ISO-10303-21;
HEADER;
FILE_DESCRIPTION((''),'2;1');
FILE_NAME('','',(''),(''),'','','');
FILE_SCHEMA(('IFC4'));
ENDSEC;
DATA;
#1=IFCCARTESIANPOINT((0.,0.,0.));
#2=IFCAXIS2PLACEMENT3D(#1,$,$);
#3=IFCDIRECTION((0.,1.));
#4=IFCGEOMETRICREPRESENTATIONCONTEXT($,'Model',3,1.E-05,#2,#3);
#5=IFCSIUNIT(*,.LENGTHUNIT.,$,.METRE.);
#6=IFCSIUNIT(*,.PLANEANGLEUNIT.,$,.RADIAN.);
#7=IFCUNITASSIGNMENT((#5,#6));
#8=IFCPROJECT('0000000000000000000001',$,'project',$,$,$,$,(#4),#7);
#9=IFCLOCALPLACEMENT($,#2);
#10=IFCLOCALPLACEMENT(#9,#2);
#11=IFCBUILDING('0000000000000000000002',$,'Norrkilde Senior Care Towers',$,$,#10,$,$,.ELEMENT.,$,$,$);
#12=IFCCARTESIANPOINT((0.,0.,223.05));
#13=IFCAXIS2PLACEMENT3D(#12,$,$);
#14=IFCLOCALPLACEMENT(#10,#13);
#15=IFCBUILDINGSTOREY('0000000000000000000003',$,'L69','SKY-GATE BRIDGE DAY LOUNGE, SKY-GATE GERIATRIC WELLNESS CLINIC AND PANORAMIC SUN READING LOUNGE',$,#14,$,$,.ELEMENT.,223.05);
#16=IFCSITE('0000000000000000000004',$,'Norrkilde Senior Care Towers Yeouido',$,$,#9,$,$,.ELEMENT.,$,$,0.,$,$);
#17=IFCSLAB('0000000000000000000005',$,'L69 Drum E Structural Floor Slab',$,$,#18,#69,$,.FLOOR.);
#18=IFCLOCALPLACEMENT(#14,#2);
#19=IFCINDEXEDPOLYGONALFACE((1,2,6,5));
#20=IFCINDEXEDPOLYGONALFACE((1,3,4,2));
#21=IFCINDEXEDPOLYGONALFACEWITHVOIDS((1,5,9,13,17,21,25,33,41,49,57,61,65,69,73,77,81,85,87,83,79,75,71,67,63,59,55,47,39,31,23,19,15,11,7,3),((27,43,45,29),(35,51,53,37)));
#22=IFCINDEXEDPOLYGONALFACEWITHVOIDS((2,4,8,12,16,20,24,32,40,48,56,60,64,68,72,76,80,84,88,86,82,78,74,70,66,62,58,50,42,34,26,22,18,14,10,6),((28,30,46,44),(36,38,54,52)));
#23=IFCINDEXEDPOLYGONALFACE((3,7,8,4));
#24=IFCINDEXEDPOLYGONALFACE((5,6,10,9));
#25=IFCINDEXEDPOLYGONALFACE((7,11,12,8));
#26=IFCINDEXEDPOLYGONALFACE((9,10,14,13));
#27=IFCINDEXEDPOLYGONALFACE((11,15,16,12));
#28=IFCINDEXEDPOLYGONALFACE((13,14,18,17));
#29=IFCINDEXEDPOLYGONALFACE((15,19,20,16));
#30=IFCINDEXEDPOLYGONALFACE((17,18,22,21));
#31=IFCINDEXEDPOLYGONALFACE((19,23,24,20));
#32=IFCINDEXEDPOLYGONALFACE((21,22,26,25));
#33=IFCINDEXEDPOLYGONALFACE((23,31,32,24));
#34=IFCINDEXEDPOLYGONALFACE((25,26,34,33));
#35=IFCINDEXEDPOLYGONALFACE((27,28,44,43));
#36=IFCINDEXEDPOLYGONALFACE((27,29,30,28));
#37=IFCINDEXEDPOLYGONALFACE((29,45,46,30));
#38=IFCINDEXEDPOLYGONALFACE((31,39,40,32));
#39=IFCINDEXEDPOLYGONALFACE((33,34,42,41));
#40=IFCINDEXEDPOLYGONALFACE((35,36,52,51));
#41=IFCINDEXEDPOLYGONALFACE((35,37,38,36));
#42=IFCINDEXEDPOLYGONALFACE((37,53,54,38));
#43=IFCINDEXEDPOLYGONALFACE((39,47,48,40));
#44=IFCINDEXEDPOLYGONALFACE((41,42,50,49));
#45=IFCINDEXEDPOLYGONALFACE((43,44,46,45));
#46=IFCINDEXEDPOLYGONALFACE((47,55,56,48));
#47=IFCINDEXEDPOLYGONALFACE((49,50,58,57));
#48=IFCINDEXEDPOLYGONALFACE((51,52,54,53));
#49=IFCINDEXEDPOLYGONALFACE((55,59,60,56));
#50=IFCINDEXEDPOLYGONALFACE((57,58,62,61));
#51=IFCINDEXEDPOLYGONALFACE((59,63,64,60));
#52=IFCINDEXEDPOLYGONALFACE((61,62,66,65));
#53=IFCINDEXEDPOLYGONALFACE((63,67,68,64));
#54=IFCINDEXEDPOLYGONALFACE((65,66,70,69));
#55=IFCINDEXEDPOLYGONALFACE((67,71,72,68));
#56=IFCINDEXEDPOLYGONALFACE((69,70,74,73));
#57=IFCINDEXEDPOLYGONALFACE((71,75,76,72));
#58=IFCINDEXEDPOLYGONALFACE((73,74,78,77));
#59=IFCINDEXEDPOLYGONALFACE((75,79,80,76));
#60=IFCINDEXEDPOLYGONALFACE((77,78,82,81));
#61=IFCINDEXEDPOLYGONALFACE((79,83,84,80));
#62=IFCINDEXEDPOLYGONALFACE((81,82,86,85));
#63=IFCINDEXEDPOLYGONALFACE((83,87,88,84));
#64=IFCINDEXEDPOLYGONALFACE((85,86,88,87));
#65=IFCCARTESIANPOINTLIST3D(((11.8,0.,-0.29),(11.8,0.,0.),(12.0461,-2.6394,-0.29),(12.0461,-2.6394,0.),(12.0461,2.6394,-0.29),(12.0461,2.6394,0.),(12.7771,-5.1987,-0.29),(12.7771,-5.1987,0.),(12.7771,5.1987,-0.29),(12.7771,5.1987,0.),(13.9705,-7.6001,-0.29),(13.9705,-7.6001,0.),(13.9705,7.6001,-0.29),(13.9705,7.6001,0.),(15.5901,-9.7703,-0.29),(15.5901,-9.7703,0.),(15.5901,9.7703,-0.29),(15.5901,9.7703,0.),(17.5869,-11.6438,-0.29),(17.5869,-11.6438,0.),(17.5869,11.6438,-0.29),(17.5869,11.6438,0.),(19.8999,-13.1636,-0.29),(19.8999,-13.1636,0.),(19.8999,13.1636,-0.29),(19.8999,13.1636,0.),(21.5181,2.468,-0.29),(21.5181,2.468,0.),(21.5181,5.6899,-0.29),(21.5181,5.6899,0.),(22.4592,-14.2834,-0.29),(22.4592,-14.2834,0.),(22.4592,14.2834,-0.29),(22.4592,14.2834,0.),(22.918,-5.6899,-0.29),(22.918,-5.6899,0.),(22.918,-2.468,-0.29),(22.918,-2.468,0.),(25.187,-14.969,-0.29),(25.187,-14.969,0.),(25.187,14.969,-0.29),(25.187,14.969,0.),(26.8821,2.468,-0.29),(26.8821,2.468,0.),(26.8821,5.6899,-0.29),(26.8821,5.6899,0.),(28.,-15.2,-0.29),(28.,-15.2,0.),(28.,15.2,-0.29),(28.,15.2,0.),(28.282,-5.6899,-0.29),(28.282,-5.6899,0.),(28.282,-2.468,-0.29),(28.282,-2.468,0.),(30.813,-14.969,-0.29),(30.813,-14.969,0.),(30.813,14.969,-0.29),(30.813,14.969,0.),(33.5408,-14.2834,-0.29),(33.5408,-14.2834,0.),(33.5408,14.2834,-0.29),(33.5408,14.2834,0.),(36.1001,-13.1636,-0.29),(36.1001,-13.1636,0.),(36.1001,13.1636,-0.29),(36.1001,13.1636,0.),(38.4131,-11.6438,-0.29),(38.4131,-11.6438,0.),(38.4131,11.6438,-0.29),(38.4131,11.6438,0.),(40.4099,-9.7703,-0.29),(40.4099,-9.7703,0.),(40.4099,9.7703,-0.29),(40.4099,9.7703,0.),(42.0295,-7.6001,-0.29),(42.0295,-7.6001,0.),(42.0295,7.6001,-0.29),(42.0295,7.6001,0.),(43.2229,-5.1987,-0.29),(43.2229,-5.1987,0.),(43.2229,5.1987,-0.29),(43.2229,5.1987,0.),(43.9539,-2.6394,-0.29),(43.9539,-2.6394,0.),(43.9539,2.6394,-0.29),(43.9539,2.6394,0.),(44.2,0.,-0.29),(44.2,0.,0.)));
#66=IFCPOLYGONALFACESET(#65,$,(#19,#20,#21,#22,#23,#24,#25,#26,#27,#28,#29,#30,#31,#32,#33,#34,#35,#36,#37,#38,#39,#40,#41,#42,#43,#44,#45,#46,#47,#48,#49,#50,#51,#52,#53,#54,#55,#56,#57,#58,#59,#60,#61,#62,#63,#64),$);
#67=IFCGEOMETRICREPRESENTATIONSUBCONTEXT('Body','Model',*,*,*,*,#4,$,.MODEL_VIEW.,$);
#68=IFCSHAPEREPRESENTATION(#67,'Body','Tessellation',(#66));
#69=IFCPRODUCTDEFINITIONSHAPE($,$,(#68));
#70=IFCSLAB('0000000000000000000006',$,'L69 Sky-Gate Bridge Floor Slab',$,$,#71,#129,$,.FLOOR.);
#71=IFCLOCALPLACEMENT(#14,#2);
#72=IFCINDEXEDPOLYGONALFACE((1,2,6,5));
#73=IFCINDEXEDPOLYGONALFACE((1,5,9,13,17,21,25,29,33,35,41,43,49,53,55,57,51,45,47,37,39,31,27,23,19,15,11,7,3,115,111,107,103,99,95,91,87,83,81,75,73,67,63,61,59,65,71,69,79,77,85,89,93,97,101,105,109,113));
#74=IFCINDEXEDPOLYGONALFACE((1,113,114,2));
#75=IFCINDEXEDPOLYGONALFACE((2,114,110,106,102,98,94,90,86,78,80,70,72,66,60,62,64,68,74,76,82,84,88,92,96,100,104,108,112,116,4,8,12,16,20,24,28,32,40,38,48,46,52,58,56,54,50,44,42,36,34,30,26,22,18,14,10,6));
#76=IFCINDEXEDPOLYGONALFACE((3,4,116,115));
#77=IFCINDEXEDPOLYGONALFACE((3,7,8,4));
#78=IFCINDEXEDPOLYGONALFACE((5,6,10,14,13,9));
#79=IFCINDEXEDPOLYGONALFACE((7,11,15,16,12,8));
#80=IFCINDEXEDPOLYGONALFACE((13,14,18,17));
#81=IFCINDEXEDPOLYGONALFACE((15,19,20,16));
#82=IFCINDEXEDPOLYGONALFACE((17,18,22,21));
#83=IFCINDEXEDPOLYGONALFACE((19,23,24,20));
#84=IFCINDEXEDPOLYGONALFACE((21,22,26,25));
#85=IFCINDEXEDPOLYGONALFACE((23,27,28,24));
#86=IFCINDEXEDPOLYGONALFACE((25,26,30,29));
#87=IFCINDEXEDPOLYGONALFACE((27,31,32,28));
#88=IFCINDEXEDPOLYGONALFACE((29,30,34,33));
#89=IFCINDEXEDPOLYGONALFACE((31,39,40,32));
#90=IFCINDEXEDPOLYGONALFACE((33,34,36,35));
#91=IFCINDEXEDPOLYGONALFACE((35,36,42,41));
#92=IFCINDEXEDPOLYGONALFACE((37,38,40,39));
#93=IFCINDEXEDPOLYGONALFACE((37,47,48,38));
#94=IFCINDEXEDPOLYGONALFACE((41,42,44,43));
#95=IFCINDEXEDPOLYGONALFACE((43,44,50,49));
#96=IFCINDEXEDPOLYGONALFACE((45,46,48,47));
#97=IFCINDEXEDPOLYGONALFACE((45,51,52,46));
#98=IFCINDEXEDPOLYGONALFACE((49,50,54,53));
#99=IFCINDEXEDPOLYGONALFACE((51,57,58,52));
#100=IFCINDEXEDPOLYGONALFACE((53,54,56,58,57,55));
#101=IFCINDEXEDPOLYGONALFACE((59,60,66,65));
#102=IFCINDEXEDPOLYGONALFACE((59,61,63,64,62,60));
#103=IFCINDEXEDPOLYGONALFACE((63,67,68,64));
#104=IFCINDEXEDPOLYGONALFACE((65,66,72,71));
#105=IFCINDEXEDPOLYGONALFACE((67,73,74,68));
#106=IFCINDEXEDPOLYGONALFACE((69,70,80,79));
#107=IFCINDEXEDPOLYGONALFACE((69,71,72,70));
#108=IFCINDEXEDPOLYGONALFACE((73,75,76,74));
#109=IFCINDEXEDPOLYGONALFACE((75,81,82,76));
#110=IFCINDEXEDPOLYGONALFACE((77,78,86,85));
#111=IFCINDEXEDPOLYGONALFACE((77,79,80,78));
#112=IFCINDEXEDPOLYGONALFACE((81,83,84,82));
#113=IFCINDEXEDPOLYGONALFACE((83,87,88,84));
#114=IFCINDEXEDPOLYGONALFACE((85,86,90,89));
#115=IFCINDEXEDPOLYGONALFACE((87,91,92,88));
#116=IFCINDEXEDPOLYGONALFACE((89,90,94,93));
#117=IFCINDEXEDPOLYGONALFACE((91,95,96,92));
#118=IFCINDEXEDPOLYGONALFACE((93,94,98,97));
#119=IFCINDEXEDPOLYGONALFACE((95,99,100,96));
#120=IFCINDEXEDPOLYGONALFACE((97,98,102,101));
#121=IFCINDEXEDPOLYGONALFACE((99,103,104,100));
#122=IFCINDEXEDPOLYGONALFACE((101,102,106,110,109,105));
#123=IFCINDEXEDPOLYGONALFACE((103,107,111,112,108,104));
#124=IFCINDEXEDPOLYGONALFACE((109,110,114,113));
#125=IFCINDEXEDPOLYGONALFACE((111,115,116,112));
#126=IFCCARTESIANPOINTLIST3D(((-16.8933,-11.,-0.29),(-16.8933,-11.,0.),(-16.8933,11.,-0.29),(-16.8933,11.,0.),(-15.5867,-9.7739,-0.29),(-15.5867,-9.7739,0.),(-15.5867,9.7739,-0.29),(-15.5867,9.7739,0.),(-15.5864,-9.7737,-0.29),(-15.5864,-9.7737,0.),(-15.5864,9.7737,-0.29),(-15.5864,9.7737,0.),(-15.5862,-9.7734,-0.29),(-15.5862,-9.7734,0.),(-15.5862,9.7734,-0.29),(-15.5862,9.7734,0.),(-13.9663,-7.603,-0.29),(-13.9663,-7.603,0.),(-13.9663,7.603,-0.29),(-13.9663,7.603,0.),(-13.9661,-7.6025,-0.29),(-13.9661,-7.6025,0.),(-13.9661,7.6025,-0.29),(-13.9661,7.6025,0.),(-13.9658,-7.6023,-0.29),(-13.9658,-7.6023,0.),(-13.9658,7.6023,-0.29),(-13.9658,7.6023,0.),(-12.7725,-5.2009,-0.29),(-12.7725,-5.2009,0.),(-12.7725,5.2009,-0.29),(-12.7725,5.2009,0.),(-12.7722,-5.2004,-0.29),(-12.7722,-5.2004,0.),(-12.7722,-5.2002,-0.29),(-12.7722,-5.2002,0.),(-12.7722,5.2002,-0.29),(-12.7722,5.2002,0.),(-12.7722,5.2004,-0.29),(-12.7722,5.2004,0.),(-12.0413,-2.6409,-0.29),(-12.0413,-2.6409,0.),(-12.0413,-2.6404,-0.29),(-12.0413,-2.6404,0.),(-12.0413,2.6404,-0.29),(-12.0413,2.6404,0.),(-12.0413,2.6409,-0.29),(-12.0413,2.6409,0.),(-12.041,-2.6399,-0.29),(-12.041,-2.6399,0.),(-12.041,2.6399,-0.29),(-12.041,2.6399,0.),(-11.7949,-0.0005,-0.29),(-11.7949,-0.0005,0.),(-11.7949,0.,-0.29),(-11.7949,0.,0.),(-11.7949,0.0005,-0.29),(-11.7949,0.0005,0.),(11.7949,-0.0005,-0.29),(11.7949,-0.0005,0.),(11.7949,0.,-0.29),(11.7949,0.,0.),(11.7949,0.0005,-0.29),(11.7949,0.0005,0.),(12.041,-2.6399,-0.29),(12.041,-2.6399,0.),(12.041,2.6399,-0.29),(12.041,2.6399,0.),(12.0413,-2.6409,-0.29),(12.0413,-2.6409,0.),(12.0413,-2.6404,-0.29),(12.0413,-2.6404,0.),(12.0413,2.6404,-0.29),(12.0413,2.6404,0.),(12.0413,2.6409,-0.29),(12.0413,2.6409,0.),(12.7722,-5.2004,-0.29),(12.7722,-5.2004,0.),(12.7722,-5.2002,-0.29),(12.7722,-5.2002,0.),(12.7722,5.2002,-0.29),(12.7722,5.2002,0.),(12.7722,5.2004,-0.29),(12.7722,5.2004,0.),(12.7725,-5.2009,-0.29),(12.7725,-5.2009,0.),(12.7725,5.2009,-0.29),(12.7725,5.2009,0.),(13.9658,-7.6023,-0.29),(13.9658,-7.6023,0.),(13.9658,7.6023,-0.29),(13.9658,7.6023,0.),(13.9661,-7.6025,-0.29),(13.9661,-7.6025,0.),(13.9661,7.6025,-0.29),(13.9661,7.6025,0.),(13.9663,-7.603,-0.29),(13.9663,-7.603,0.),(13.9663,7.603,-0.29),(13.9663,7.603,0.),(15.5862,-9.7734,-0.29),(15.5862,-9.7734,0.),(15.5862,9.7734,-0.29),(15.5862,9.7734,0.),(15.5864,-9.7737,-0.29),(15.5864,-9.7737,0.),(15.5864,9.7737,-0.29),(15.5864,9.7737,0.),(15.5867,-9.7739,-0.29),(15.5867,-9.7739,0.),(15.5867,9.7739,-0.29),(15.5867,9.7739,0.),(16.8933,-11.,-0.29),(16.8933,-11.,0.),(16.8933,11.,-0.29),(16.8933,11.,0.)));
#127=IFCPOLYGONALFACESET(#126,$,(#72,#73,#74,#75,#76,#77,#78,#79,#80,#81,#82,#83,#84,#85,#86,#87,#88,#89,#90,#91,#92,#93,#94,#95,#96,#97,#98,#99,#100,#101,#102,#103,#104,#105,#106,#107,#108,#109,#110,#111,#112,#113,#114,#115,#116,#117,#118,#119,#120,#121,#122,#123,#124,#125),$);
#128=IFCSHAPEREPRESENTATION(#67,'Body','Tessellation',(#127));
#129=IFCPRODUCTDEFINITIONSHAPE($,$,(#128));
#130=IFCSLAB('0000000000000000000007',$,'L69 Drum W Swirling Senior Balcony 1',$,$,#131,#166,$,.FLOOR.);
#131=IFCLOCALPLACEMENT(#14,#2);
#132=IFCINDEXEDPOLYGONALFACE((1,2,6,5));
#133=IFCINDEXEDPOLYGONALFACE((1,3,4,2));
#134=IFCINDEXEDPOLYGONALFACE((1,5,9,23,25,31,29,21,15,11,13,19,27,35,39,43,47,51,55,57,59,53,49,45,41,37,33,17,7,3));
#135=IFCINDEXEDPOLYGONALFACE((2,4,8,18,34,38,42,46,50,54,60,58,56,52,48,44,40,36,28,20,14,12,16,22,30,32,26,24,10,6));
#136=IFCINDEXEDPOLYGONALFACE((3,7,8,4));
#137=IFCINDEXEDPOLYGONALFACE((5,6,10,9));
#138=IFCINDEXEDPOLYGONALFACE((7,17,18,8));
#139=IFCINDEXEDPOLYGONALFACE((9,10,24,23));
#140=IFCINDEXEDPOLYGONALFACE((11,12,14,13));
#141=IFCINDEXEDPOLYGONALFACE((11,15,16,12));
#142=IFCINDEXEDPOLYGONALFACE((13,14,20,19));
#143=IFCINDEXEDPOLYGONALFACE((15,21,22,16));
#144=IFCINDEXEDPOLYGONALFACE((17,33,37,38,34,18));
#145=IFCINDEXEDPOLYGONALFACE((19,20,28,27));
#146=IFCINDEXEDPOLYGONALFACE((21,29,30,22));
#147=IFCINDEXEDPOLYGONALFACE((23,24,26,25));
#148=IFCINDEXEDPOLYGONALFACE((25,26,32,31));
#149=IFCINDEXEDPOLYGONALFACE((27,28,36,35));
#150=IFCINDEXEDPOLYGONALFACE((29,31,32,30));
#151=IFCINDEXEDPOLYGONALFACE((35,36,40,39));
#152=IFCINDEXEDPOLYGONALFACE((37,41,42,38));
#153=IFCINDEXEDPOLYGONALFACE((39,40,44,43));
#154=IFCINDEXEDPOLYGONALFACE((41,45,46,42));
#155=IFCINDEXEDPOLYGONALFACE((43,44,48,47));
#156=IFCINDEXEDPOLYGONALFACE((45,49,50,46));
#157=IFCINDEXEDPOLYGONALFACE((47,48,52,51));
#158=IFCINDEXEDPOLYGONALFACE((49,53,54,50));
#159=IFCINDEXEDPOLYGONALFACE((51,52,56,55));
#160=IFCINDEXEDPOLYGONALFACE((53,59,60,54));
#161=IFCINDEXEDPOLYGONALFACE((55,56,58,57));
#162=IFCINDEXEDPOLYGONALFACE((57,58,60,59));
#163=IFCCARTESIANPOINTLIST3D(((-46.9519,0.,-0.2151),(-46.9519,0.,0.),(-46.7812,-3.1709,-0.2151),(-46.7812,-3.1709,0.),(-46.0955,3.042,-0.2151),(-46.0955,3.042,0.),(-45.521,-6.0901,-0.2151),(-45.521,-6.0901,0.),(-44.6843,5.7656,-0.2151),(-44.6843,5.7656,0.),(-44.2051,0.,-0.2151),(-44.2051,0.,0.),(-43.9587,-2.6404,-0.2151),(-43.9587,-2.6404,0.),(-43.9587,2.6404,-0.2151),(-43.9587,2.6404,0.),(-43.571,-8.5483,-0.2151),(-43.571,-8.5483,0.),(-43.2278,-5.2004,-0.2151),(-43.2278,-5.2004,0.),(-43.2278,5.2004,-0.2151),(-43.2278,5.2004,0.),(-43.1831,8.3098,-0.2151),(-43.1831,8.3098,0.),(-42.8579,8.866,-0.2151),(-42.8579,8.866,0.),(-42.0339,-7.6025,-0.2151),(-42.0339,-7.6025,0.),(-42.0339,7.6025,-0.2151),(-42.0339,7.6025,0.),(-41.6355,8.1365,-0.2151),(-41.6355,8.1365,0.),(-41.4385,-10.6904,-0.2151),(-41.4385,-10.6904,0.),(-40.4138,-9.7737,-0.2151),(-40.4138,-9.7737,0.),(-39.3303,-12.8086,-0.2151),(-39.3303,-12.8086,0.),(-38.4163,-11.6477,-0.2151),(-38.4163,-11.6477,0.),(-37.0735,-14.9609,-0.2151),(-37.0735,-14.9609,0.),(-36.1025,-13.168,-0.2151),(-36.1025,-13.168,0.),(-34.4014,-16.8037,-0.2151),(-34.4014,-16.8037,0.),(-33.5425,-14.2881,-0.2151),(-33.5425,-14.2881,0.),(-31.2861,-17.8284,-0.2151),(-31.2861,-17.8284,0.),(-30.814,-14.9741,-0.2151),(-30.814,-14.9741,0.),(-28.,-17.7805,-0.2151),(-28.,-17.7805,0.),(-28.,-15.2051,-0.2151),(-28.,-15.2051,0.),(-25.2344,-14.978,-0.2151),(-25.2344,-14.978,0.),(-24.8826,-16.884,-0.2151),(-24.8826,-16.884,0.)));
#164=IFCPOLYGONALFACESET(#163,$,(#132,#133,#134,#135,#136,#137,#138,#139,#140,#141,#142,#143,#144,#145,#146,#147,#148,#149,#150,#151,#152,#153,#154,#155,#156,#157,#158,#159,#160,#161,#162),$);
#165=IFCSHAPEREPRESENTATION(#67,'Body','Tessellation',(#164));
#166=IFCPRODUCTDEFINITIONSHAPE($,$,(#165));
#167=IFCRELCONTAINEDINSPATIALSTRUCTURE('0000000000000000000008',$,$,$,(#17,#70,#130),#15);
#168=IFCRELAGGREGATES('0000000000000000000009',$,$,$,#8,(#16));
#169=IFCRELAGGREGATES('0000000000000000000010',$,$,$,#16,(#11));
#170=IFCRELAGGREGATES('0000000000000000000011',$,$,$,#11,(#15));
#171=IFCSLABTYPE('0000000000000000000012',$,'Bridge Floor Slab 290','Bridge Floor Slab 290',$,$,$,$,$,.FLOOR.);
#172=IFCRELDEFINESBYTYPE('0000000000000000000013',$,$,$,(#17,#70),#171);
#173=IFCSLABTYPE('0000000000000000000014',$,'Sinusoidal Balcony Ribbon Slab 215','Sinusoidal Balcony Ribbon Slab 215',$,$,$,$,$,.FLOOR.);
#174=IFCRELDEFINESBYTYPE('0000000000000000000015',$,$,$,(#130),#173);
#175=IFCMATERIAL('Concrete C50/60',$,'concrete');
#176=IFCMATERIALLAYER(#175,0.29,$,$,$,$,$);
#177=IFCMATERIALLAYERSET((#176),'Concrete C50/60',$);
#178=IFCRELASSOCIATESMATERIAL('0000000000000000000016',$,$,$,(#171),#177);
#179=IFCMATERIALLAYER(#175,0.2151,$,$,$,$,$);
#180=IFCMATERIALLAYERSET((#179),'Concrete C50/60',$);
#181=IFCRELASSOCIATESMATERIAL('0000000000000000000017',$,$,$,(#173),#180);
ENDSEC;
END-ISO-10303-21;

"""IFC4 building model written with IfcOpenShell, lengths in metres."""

from ifc_helpers import new_model, si_unit, direction, frame, origin, place, context, subcontext, project, spatial, polyline, outline, extrude, material, layer, layer_set, type_object, element, save


model = new_model("IFC4")

# Units and contexts
model_context = context("Model", 3, precision=1e-05, world=origin(), true_north=direction((0.0, 1.0)))
body_context = subcontext(model_context, "Body", "Model", "MODEL_VIEW")
ifc_project = project(units=[si_unit("LENGTHUNIT", "METRE"), si_unit("PLANEANGLEUNIT", "RADIAN")], contexts=[model_context])

# Site, building, storey
site_placement = place(None, origin())
site = spatial("IfcSite", under=ifc_project, at=site_placement, Name="Norrkilde Senior Care Towers Yeouido", CompositionType="ELEMENT", RefElevation=0.0)
building_placement = place(site_placement, origin())
building = spatial("IfcBuilding", under=site, at=building_placement, Name="Norrkilde Senior Care Towers", CompositionType="ELEMENT")
storey_placement = place(building_placement, frame((0.0, 0.0, 223.05)))
storey = spatial("IfcBuildingStorey", under=building, at=storey_placement, Name="L69", Description="SKY-GATE BRIDGE DAY LOUNGE, SKY-GATE GERIATRIC WELLNESS CLINIC AND PANORAMIC SUN READING LOUNGE", CompositionType="ELEMENT", Elevation=223.05)

# Slabs
ifc_material_1 = material(Name="Concrete C50/60", Category="concrete")
ifc_layer_1 = layer(ifc_material_1, 0.29)
ifc_layer_set_1 = layer_set([ifc_layer_1], Name="Concrete C50/60")
slab_type_1 = type_object("IfcSlabType", Name="Bridge Floor Slab 290", Description="Bridge Floor Slab 290", PredefinedType="FLOOR", material=ifc_layer_set_1)
slab_1_placement = place(storey_placement, frame((0.0, 0.0, -0.29)))
element("IfcSlab", 1, at=slab_1_placement, inside=storey, type_object=slab_type_1, Name="L69 Drum E Structural Floor Slab", PredefinedType="FLOOR", context=body_context, shape_type="SweptSolid", body=[
    extrude(outline(polyline([(43.2229, -5.1987), (42.0295, -7.6001), (40.4099, -9.7703), (38.4131, -11.6438), (36.1001, -13.1636), (33.5408, -14.2834), (30.813, -14.969), (28.0, -15.2), (25.187, -14.969), (22.4592, -14.2834), (19.8999, -13.1636), (17.5869, -11.6438), (15.5901, -9.7703), (13.9705, -7.6001), (12.7771, -5.1987), (12.0461, -2.6394), (11.8, 0.0), (12.0461, 2.6394), (12.7771, 5.1987), (13.9705, 7.6001), (15.5901, 9.7703), (17.5869, 11.6438), (19.8999, 13.1636), (22.4592, 14.2834), (25.187, 14.969), (28.0, 15.2), (30.813, 14.969), (33.5408, 14.2834), (36.1001, 13.1636), (38.4131, 11.6438), (40.4099, 9.7703), (42.0295, 7.6001), (43.2229, 5.1987), (43.9539, 2.6394), (44.2, 0.0), (43.9539, -2.6394), (43.2229, -5.1987)]), holes=[polyline([(21.5181, 2.468), (26.8821, 2.468), (26.8821, 5.6899), (21.5181, 5.6899), (21.5181, 2.468)]), polyline([(28.282, -5.6899), (28.282, -2.468), (22.918, -2.468), (22.918, -5.6899), (28.282, -5.6899)])]), origin(), (0.0, 0.0, 1.0), 0.29),
])
slab_2_placement = place(storey_placement, frame((0.0, 0.0, -0.29)))
element("IfcSlab", 2, at=slab_2_placement, inside=storey, type_object=slab_type_1, Name="L69 Sky-Gate Bridge Floor Slab", PredefinedType="FLOOR", context=body_context, shape_type="SweptSolid", body=[
    extrude(outline(polyline([(16.8933, 11.0), (15.5867, 9.7739), (15.5864, 9.7737), (15.5862, 9.7734), (13.9663, 7.603), (13.9661, 7.6025), (13.9658, 7.6023), (12.7725, 5.2009), (12.7722, 5.2004), (12.7722, 5.2002), (12.0413, 2.6409), (12.0413, 2.6404), (12.041, 2.6399), (11.7949, 0.0005), (11.7949, 0.0), (11.7949, -0.0005), (12.041, -2.6399), (12.0413, -2.6404), (12.0413, -2.6409), (12.7722, -5.2002), (12.7722, -5.2004), (12.7725, -5.2009), (13.9658, -7.6023), (13.9661, -7.6025), (13.9663, -7.603), (15.5862, -9.7734), (15.5864, -9.7737), (15.5867, -9.7739), (16.8933, -11.0), (-16.8933, -11.0), (-15.5867, -9.7739), (-15.5864, -9.7737), (-15.5862, -9.7734), (-13.9663, -7.603), (-13.9661, -7.6025), (-13.9658, -7.6023), (-12.7725, -5.2009), (-12.7722, -5.2004), (-12.7722, -5.2002), (-12.0413, -2.6409), (-12.0413, -2.6404), (-12.041, -2.6399), (-11.7949, -0.0005), (-11.7949, 0.0), (-11.7949, 0.0005), (-12.041, 2.6399), (-12.0413, 2.6404), (-12.0413, 2.6409), (-12.7722, 5.2002), (-12.7722, 5.2004), (-12.7725, 5.2009), (-13.9658, 7.6023), (-13.9661, 7.6025), (-13.9663, 7.603), (-15.5862, 9.7734), (-15.5864, 9.7737), (-15.5867, 9.7739), (-16.8933, 11.0), (16.8933, 11.0)])), origin(), (0.0, 0.0, 1.0), 0.29),
])
ifc_layer_2 = layer(ifc_material_1, 0.2151)
ifc_layer_set_2 = layer_set([ifc_layer_2], Name="Concrete C50/60")
slab_type_2 = type_object("IfcSlabType", Name="Sinusoidal Balcony Ribbon Slab 215", Description="Sinusoidal Balcony Ribbon Slab 215", PredefinedType="FLOOR", material=ifc_layer_set_2)
slab_3_placement = place(storey_placement, frame((0.0, 0.0, -0.2151)))
element("IfcSlab", 3, at=slab_3_placement, inside=storey, type_object=slab_type_2, Name="L69 Drum W Swirling Senior Balcony 1", PredefinedType="FLOOR", context=body_context, shape_type="SweptSolid", body=[
    extrude(outline(polyline([(-34.4014, -16.8037), (-37.0735, -14.9609), (-39.3303, -12.8086), (-41.4385, -10.6904), (-43.571, -8.5483), (-45.521, -6.0901), (-46.7812, -3.1709), (-46.9519, 0.0), (-46.0955, 3.042), (-44.6843, 5.7656), (-43.1831, 8.3098), (-42.8579, 8.866), (-41.6355, 8.1365), (-42.0339, 7.6025), (-43.2278, 5.2004), (-43.9587, 2.6404), (-44.2051, 0.0), (-43.9587, -2.6404), (-43.2278, -5.2004), (-42.0339, -7.6025), (-40.4138, -9.7737), (-38.4163, -11.6477), (-36.1025, -13.168), (-33.5425, -14.2881), (-30.814, -14.9741), (-28.0, -15.2051), (-25.2344, -14.978), (-24.8826, -16.884), (-28.0, -17.7805), (-31.2861, -17.8284), (-34.4014, -16.8037)])), origin(), (0.0, 0.0, 1.0), 0.2151),
])

save(model, "model.ifc")
